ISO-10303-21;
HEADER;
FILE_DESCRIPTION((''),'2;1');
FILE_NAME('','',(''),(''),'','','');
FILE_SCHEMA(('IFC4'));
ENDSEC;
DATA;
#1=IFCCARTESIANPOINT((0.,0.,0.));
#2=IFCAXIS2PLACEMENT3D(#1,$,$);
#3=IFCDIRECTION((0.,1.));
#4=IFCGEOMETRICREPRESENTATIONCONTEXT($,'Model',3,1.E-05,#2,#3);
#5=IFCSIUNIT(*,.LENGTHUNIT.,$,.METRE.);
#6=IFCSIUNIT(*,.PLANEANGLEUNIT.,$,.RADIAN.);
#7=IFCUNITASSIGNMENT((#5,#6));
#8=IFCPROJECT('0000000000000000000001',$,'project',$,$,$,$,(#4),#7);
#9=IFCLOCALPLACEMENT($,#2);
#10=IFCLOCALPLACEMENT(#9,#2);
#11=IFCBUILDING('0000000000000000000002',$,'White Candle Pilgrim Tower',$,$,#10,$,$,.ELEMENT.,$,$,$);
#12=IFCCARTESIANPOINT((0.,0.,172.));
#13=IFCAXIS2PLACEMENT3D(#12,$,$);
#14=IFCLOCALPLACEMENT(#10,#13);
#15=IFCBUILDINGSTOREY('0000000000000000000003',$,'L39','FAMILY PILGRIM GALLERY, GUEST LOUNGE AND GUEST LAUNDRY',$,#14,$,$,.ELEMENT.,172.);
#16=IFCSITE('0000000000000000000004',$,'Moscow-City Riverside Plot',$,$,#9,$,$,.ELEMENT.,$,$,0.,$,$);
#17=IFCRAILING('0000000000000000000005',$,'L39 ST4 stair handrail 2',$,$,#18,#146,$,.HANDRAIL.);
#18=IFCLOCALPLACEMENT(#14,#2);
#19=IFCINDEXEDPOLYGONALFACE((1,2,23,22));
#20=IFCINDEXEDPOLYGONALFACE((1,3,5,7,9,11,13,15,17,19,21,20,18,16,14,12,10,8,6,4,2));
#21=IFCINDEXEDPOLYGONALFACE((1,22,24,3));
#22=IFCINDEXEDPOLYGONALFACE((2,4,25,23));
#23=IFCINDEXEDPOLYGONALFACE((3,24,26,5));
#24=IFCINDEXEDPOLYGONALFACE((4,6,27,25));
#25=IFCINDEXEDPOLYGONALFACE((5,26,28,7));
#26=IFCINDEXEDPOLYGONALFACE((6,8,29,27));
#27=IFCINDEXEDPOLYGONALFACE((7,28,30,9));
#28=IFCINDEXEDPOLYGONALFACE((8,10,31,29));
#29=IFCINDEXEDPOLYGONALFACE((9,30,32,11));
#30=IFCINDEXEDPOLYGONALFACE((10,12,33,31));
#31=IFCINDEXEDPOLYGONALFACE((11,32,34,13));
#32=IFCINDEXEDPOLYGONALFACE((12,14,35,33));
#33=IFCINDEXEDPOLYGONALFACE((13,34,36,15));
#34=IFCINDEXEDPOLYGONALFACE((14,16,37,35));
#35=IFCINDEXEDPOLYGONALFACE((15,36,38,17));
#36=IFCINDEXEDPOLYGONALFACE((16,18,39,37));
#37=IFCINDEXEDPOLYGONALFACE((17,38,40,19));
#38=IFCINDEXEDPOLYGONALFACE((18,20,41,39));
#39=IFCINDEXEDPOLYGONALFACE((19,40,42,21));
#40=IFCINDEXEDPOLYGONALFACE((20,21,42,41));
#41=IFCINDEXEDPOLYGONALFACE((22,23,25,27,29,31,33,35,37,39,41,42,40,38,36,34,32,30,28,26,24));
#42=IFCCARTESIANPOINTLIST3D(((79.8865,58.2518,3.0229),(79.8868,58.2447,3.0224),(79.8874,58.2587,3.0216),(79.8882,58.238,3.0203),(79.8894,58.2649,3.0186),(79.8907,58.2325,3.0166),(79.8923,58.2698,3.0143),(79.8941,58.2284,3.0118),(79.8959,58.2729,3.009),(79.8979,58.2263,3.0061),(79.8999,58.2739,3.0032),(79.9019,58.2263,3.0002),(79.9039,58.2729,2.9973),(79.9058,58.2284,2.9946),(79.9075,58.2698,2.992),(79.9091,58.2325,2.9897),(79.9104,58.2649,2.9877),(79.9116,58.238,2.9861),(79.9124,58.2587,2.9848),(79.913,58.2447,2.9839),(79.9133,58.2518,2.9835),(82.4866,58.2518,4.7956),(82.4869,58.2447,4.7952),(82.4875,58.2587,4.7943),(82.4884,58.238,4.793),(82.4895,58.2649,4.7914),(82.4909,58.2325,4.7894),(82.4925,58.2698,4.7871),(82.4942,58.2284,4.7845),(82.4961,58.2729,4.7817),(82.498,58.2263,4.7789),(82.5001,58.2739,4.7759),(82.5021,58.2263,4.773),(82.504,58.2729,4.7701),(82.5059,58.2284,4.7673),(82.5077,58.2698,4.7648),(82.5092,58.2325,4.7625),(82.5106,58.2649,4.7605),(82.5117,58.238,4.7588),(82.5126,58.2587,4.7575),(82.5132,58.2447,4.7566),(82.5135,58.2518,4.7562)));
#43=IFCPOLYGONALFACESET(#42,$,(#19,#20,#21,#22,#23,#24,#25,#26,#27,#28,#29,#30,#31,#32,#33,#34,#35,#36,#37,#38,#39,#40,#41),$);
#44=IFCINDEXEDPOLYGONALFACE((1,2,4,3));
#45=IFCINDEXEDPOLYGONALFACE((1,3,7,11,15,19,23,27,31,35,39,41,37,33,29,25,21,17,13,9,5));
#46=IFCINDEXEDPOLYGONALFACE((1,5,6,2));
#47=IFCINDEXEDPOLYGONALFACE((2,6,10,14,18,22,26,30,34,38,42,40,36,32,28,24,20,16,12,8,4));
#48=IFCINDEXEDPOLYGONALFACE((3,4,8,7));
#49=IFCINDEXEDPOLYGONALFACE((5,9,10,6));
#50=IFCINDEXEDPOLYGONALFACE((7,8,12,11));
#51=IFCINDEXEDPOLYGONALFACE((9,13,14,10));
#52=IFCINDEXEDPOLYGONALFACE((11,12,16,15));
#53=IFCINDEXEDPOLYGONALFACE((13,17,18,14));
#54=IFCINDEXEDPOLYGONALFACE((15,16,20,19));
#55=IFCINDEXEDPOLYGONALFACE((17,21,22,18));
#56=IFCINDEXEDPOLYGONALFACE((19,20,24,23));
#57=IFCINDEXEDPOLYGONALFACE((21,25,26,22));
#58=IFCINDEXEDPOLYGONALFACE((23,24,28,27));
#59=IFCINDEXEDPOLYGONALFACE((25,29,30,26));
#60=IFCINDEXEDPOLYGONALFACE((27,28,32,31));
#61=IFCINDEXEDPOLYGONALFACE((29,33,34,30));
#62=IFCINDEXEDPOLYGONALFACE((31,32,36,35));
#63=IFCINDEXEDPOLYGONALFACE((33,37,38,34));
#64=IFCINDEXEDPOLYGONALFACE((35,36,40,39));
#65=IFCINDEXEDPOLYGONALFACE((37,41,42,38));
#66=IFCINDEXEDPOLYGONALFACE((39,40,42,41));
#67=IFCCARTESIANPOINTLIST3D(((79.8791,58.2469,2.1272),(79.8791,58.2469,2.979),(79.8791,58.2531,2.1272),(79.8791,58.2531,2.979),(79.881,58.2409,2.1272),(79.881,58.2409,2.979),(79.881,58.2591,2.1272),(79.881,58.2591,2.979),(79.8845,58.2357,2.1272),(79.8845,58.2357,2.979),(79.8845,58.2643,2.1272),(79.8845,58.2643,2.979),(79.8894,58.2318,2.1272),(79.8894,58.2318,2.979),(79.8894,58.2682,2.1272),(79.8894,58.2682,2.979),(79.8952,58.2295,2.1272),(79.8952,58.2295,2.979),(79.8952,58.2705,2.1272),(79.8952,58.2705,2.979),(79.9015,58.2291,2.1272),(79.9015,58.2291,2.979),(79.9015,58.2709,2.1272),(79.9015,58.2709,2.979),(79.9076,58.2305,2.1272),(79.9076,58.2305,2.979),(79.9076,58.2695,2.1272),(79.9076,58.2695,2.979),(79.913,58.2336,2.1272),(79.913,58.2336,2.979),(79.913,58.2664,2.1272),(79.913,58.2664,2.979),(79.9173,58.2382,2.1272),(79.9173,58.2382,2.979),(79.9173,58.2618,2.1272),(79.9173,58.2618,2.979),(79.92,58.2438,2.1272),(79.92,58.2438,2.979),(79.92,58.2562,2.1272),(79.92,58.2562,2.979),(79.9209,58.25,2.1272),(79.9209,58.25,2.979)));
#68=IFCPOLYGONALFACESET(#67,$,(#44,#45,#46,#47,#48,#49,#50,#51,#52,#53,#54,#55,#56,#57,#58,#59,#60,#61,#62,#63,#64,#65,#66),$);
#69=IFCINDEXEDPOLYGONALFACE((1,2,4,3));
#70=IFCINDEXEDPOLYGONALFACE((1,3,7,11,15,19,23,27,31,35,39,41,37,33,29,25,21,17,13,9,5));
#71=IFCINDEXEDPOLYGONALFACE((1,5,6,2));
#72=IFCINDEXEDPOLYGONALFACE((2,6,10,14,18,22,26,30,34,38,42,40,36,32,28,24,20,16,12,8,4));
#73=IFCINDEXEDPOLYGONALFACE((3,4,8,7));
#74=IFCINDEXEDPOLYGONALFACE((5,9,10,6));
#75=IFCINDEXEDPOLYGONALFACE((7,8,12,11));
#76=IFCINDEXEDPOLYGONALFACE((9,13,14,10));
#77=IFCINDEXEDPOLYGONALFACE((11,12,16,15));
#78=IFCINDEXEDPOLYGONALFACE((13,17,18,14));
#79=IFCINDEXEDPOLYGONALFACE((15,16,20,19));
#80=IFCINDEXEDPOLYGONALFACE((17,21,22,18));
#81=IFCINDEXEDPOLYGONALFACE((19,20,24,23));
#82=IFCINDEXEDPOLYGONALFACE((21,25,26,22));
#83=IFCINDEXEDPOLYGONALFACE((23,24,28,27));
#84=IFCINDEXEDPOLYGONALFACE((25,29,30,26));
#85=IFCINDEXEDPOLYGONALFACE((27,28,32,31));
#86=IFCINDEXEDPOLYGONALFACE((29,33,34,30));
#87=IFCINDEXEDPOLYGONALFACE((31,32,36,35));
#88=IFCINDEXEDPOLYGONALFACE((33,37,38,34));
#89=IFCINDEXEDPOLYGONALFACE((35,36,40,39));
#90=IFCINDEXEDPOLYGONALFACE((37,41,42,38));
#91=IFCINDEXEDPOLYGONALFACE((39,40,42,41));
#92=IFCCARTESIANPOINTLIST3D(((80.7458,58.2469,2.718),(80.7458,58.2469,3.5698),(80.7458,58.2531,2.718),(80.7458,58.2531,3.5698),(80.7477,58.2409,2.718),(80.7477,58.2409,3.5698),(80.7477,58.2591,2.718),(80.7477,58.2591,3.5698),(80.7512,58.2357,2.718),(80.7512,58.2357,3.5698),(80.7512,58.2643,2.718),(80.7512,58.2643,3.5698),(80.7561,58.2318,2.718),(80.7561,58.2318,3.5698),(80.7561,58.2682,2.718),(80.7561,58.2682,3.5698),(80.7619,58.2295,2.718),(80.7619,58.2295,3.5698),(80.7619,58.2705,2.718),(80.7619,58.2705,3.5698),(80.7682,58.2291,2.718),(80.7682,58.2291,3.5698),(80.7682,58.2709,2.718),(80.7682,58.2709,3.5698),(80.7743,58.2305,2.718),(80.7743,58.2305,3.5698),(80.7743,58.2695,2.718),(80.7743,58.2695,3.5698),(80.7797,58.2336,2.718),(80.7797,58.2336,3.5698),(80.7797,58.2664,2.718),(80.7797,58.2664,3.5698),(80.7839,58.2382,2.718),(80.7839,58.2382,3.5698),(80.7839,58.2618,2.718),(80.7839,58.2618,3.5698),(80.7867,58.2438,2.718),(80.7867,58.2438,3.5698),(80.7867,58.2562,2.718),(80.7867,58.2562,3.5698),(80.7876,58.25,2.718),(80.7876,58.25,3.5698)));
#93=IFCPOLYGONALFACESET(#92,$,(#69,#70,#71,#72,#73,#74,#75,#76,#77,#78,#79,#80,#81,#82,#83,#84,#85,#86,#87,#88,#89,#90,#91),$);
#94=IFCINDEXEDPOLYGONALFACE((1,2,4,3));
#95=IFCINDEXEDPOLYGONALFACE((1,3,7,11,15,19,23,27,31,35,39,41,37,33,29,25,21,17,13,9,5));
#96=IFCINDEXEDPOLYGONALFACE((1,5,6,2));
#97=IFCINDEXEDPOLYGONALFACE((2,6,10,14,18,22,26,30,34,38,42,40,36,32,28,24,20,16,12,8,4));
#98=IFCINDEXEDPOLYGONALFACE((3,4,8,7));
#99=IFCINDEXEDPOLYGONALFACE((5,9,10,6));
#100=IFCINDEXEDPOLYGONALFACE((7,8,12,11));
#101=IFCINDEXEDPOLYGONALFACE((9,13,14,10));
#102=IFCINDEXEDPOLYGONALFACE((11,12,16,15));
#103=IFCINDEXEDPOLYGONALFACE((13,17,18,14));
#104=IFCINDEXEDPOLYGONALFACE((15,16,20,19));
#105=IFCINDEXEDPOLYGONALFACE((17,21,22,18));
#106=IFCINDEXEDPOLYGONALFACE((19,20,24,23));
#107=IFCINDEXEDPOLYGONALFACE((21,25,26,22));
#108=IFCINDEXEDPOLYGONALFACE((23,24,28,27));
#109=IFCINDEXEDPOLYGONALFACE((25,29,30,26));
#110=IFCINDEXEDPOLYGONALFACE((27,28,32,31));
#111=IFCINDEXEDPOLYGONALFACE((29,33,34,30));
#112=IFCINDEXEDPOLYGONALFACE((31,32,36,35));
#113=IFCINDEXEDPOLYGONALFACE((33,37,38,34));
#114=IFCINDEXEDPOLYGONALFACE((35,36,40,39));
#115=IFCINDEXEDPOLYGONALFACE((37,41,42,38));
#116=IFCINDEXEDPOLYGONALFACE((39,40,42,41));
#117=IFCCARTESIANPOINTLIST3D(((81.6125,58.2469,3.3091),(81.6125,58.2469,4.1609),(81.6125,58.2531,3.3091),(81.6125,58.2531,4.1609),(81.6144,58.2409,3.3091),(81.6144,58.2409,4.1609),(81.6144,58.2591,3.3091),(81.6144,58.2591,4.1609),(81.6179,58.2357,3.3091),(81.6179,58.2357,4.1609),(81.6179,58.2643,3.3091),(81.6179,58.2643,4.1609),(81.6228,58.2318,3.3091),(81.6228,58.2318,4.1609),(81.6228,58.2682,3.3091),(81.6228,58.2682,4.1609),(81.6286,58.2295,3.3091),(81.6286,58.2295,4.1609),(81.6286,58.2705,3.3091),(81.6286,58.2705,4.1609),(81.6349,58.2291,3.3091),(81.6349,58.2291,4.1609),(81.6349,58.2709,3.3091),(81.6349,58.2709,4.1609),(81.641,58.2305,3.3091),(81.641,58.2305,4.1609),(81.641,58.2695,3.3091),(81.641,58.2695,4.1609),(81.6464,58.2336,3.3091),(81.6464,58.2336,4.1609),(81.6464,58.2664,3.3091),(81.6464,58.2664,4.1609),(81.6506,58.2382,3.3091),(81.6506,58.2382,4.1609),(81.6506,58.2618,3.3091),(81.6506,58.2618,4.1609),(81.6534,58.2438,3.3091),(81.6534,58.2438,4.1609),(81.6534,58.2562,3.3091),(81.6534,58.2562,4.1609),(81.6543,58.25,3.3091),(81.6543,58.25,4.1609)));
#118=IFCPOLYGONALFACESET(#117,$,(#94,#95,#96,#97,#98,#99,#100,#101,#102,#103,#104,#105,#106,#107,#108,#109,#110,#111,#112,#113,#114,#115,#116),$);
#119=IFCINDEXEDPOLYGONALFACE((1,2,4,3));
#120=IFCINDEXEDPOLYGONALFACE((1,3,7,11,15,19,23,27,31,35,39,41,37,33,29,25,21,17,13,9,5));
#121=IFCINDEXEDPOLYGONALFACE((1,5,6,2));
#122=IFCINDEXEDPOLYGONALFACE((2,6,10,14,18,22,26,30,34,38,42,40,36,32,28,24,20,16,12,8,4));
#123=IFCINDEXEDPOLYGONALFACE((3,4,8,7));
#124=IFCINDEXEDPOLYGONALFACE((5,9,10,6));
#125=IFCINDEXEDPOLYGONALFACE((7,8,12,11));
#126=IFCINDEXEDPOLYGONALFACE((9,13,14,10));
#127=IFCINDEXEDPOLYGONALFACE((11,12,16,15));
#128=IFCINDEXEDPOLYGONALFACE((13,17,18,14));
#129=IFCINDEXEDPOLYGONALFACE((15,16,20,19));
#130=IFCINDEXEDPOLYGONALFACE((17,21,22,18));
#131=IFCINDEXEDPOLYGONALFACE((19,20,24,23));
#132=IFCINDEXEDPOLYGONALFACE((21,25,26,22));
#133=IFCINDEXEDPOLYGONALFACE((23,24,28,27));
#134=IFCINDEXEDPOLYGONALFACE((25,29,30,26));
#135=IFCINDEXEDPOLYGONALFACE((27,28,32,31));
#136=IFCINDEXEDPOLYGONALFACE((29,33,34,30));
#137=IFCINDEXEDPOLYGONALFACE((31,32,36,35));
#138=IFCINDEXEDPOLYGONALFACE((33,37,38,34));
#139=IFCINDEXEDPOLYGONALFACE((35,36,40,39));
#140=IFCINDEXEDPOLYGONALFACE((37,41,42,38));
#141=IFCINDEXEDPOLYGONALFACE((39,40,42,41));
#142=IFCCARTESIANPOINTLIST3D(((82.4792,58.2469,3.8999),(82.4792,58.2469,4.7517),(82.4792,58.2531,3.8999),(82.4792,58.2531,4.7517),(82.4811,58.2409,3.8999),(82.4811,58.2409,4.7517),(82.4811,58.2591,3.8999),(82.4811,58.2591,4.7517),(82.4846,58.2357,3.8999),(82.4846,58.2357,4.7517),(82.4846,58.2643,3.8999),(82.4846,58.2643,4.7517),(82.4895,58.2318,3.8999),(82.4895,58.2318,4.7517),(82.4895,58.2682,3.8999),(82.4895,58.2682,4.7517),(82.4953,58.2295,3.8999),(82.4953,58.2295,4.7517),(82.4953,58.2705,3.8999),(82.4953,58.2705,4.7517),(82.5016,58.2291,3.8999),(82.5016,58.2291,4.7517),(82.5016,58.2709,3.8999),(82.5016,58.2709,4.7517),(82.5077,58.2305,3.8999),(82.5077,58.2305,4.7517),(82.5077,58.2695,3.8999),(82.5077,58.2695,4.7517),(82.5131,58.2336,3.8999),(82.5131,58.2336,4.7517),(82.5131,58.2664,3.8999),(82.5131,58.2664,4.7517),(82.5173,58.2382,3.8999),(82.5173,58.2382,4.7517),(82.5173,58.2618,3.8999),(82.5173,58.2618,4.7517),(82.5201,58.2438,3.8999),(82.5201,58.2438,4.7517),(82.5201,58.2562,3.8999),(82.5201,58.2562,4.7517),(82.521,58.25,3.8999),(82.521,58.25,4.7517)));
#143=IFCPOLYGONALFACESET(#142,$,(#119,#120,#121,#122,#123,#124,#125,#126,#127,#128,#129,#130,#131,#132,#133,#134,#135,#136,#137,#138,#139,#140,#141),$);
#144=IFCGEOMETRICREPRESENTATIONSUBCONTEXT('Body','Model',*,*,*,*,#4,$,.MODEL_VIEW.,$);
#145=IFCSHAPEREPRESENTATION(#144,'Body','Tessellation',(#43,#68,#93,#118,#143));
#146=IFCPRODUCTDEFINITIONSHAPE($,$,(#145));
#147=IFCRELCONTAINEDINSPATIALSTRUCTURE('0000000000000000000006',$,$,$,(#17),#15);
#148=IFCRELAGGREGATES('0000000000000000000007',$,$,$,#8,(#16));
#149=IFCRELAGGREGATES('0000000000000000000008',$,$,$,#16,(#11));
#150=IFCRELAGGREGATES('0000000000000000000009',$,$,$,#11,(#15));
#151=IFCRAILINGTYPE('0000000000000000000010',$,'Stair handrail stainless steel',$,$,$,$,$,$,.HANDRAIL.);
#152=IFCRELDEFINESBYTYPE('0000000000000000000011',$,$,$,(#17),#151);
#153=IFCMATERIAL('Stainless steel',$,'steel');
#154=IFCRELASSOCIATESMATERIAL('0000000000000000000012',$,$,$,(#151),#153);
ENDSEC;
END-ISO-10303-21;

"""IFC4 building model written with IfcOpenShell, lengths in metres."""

from ifc_helpers import new_model, si_unit, direction, frame, origin, origin_2d, place, context, subcontext, project, spatial, circle, extrude, material, type_object, element, save


model = new_model("IFC4")

# Units and contexts
model_context = context("Model", 3, precision=1e-05, world=origin(), true_north=direction((0.0, 1.0)))
body_context = subcontext(model_context, "Body", "Model", "MODEL_VIEW")
ifc_project = project(units=[si_unit("LENGTHUNIT", "METRE"), si_unit("PLANEANGLEUNIT", "RADIAN")], contexts=[model_context])

# Site, building, storey
site_placement = place(None, origin())
site = spatial("IfcSite", under=ifc_project, at=site_placement, Name="Moscow-City Riverside Plot", CompositionType="ELEMENT", RefElevation=0.0)
building_placement = place(site_placement, origin())
building = spatial("IfcBuilding", under=site, at=building_placement, Name="White Candle Pilgrim Tower", CompositionType="ELEMENT")
storey_placement = place(building_placement, frame((0.0, 0.0, 172.0)))
storey = spatial("IfcBuildingStorey", under=building, at=storey_placement, Name="L39", Description="FAMILY PILGRIM GALLERY, GUEST LOUNGE AND GUEST LAUNDRY", CompositionType="ELEMENT", Elevation=172.0)

# Railing
ifc_material_1 = material(Name="Stainless steel", Category="steel")
railing_type_1 = type_object("IfcRailingType", Name="Stair handrail stainless steel", PredefinedType="HANDRAIL", material=ifc_material_1)
railing_1_placement = place(storey_placement, frame((79.8999, 58.25, 2.1272)))
element("IfcRailing", 1, at=railing_1_placement, inside=storey, type_object=railing_type_1, Name="L39 ST4 stair handrail 2", PredefinedType="HANDRAIL", context=body_context, shape_type="SweptSolid", body=[
    extrude(circle(Radius=0.0239, at=origin_2d()), frame((0.0, 0.0, 0.876), z_axis=(0.82624, 0.0, 0.563318), x_axis=(0.0, 1.0, 0.0)), (0.0, 0.0, 1.0), 3.147),
    extrude(circle(Radius=0.021, at=origin_2d()), origin(), (0.0, 0.0, 1.0), 0.8518),
    extrude(circle(Radius=0.021, at=origin_2d()), frame((0.8667, 0.0, 0.5908)), (0.0, 0.0, 1.0), 0.8518),
    extrude(circle(Radius=0.021, at=origin_2d()), frame((1.7334, 0.0, 1.1819)), (0.0, 0.0, 1.0), 0.8518),
    extrude(circle(Radius=0.021, at=origin_2d()), frame((2.6001, 0.0, 1.7727)), (0.0, 0.0, 1.0), 0.8518),
])

save(model, "model.ifc")
